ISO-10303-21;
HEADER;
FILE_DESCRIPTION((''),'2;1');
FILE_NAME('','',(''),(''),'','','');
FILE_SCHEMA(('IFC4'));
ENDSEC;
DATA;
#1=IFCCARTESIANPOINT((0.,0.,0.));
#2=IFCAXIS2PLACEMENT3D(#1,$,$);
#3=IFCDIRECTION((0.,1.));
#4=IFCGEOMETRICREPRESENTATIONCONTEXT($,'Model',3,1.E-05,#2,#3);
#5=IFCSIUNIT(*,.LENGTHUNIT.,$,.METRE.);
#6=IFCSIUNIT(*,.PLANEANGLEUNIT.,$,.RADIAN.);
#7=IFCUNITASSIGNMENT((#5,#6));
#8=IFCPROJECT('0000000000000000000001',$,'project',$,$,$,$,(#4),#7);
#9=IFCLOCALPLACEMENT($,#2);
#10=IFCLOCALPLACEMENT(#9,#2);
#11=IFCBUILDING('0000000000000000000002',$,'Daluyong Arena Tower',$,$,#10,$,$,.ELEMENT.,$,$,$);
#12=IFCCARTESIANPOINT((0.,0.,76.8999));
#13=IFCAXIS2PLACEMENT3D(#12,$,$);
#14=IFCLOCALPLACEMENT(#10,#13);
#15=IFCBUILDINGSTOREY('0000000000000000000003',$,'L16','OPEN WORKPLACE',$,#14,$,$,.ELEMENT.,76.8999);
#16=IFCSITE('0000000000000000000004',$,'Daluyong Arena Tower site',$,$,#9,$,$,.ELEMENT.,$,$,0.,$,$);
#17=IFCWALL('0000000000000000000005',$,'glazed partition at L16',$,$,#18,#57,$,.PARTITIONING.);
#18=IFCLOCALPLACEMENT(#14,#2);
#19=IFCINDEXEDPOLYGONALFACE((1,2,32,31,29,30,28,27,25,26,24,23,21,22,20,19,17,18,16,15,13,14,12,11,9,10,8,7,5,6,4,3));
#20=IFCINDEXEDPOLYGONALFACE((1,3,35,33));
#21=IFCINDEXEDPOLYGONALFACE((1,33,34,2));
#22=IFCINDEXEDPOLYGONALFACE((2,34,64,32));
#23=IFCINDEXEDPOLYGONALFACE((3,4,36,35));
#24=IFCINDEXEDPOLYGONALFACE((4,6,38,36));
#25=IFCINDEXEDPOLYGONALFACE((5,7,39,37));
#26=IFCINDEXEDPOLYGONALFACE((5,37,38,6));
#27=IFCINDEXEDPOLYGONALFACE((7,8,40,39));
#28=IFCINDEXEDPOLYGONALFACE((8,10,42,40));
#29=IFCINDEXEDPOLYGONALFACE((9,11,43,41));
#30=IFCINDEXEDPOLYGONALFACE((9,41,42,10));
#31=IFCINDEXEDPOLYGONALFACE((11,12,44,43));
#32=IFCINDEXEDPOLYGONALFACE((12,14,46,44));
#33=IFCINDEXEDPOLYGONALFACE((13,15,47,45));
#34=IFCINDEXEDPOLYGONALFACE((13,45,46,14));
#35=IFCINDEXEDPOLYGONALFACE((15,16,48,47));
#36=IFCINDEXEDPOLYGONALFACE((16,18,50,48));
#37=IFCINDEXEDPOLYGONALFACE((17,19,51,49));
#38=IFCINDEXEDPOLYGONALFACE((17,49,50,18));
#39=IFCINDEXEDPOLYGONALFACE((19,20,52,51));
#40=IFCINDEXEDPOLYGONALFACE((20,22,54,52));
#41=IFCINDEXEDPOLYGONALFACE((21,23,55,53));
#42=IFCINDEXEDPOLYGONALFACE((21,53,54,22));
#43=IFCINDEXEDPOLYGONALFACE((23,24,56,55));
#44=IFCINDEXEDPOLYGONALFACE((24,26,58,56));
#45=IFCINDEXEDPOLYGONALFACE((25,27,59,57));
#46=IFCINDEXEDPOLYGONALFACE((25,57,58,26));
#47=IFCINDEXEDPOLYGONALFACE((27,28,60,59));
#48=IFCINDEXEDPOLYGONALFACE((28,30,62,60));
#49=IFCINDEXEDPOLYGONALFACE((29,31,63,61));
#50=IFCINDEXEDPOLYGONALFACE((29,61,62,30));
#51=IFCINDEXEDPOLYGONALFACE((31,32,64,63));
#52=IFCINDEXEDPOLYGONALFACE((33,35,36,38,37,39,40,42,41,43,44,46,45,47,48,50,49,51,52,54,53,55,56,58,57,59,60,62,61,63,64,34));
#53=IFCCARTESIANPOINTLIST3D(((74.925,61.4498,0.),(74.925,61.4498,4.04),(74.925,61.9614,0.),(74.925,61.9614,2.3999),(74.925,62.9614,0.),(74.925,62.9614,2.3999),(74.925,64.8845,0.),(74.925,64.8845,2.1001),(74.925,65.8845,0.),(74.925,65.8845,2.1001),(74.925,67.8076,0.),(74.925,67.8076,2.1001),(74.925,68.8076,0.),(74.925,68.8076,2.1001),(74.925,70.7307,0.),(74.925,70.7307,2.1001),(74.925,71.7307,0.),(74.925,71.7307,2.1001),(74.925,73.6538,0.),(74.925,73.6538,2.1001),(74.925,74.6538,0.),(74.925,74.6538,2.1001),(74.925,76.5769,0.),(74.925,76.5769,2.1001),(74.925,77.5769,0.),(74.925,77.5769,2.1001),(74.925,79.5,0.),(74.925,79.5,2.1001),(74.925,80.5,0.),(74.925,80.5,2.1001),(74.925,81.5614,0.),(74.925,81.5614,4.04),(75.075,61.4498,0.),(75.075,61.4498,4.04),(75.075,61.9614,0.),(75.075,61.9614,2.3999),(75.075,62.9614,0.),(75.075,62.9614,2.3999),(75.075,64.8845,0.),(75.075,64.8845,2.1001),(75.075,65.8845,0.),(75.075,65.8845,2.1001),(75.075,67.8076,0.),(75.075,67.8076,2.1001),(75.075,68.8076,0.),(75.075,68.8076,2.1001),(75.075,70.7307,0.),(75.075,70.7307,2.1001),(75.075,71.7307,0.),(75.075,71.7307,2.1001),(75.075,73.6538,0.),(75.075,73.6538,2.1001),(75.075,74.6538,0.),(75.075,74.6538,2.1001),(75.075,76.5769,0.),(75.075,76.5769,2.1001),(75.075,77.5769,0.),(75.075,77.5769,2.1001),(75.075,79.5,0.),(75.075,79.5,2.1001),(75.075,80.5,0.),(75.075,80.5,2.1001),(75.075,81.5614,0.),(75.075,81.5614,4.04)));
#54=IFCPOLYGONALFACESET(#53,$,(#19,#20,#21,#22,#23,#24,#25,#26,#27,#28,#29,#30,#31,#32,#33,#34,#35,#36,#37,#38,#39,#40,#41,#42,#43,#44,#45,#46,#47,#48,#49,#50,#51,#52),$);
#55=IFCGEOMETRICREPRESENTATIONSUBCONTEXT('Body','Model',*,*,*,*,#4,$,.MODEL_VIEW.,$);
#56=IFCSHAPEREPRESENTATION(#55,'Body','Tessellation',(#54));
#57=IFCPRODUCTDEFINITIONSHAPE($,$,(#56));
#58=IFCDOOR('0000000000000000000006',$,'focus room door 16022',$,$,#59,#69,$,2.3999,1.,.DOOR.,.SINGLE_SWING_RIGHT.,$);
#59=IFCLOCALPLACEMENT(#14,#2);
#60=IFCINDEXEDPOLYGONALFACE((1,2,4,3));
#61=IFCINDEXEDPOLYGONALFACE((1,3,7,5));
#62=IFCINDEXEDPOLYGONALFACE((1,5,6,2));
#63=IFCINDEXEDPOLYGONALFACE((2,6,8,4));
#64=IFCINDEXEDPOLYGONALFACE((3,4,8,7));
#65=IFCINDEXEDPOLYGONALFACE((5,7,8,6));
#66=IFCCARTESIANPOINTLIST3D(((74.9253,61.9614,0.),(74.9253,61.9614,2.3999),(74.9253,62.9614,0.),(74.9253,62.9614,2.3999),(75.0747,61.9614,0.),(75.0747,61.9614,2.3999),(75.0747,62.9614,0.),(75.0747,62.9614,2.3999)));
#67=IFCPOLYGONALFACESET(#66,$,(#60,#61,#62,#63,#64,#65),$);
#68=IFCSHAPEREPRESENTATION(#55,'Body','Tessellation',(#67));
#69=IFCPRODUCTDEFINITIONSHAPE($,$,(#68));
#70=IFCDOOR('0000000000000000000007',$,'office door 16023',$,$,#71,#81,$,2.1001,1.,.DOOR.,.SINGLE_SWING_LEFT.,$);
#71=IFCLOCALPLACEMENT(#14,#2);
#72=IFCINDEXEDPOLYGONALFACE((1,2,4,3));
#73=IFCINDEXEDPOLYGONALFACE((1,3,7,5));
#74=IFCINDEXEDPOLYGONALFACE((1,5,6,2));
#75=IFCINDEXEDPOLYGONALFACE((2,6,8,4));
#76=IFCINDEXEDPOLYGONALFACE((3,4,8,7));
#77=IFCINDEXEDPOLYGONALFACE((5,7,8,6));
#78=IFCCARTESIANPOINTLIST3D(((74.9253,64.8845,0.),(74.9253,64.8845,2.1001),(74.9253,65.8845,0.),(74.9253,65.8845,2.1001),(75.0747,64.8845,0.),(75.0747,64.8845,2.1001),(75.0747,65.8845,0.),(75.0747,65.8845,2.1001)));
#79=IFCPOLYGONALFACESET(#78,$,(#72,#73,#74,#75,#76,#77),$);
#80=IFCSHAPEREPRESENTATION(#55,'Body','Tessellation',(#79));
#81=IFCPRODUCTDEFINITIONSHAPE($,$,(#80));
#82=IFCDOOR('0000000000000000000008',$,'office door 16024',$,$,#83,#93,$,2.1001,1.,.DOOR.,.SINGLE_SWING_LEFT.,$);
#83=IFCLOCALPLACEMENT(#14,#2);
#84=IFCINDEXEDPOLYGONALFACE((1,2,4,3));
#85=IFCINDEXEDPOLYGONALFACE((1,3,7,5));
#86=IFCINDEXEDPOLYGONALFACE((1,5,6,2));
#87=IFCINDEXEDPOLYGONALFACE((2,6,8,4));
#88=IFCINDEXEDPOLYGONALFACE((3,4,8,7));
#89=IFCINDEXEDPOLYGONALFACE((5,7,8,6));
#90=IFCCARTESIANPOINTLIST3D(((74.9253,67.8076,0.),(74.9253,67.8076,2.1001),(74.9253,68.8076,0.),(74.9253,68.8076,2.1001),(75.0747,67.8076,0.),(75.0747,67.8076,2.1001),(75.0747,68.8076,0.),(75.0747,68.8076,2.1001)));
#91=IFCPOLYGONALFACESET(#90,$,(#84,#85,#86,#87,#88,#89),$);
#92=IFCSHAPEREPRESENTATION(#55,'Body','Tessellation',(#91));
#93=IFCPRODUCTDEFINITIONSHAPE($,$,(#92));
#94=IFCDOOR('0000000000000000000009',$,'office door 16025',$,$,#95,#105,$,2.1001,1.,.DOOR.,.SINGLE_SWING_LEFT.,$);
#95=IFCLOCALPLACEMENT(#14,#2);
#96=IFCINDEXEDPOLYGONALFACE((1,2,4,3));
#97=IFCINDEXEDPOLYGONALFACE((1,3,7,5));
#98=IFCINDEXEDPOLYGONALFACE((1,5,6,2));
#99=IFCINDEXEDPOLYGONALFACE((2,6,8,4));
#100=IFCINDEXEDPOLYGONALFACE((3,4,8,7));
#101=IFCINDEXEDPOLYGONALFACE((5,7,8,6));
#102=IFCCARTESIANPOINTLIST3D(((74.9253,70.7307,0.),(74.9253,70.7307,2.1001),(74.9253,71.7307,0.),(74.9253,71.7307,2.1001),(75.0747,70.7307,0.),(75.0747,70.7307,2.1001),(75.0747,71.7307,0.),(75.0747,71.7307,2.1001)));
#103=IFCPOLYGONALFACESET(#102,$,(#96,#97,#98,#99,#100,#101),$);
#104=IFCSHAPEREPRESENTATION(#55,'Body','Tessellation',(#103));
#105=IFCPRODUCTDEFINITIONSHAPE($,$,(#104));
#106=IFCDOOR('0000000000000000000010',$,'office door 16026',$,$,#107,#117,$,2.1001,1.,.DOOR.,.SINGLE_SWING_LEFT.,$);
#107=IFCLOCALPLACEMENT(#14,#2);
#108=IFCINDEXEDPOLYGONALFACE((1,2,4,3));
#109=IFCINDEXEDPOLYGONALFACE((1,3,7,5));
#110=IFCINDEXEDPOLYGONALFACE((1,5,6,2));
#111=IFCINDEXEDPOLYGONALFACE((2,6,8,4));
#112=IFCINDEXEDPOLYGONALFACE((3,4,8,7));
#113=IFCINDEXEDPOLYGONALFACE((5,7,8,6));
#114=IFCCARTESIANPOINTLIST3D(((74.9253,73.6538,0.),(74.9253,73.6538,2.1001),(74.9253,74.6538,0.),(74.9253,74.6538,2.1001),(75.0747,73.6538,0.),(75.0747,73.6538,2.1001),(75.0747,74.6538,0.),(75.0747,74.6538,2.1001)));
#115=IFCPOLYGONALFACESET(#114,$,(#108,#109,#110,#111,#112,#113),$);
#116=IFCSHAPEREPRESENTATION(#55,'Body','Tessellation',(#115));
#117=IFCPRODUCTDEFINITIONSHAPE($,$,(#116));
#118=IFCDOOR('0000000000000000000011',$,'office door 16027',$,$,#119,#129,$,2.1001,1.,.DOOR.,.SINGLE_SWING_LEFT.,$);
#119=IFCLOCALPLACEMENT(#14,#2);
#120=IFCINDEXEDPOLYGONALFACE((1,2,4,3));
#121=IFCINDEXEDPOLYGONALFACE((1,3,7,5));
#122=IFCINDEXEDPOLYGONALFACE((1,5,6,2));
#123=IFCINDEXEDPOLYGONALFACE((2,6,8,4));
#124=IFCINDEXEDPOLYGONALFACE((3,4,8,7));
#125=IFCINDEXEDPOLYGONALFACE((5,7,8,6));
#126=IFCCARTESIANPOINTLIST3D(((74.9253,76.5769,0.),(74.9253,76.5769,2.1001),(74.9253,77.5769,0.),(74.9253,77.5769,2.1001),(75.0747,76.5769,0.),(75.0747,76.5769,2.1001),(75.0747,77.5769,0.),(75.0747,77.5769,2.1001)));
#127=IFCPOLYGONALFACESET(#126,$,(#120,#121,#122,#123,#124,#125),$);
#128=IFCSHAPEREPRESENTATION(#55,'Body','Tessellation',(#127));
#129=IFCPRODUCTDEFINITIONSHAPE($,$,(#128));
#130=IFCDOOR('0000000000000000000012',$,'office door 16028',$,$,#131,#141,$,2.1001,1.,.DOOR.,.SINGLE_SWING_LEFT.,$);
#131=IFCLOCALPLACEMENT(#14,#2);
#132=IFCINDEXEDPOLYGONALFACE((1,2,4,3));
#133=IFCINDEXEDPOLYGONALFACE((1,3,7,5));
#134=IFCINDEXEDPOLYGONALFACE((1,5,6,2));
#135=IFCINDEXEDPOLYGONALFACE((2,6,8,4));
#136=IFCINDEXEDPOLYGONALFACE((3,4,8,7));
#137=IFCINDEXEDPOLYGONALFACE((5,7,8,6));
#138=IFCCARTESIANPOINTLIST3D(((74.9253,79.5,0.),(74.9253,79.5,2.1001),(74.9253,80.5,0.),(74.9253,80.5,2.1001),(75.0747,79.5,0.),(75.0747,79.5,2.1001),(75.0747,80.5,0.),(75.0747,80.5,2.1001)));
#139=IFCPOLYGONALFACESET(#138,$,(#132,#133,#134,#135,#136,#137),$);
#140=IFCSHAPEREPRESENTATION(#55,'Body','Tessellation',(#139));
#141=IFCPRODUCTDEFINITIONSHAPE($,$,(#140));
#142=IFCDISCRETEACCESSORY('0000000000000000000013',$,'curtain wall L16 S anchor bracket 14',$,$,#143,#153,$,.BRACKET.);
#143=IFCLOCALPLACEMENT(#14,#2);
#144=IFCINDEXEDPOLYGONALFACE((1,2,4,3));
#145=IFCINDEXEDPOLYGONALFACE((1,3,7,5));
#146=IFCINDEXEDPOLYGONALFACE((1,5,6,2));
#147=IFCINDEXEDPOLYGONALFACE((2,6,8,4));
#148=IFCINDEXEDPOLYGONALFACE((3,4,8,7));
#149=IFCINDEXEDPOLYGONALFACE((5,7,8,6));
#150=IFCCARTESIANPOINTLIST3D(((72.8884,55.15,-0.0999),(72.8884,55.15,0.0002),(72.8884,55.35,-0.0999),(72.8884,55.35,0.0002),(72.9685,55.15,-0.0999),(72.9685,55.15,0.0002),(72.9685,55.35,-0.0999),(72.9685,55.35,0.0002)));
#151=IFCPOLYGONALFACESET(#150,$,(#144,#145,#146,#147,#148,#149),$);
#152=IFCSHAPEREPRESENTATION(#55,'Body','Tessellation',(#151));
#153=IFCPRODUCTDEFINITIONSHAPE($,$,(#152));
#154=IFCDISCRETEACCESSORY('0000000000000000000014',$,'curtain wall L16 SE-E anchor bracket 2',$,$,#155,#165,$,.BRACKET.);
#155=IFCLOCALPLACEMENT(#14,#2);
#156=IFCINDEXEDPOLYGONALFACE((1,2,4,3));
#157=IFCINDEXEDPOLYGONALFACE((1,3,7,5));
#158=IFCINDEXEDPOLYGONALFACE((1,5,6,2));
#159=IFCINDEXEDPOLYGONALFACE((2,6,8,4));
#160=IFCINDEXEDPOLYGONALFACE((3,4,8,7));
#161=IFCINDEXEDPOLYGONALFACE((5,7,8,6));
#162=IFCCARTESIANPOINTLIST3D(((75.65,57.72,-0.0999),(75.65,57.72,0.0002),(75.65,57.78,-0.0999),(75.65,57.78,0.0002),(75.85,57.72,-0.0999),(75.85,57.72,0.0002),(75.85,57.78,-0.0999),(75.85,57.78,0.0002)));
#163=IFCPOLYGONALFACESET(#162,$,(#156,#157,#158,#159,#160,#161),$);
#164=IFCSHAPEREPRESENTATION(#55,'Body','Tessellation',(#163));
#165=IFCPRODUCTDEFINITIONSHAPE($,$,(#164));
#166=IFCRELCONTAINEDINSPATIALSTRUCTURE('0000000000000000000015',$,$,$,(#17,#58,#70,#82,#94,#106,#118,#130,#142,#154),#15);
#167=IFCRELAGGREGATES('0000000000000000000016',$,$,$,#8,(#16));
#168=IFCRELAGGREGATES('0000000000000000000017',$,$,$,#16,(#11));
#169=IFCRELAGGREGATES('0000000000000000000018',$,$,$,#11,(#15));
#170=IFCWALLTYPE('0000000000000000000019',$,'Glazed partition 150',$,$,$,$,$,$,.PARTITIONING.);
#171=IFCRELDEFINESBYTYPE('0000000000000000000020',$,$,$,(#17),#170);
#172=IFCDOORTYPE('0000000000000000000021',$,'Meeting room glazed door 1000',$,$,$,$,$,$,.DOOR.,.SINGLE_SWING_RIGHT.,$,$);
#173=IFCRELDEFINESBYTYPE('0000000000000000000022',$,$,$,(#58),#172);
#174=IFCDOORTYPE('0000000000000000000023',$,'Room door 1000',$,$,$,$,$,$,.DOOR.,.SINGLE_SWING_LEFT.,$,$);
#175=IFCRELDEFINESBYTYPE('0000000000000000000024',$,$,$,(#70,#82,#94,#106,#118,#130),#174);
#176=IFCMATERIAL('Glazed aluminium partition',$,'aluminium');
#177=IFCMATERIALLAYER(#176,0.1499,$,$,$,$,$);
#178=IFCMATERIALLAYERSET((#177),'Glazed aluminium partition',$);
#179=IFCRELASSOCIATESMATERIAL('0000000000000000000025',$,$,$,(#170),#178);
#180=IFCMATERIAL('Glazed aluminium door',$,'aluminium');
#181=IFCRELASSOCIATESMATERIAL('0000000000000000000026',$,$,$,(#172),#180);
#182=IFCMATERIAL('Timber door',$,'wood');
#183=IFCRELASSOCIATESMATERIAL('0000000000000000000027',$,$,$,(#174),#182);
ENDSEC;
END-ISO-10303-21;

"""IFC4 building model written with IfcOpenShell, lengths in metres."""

from ifc_helpers import new_model, si_unit, direction, frame, frame_2d, origin, origin_2d, place, context, subcontext, project, spatial, rectangle, extrude, material, layer, layer_set, type_object, element, fill, save


model = new_model("IFC4")

# Units and contexts
model_context = context("Model", 3, precision=1e-05, world=origin(), true_north=direction((0.0, 1.0)))
body_context = subcontext(model_context, "Body", "Model", "MODEL_VIEW")
ifc_project = project(units=[si_unit("LENGTHUNIT", "METRE"), si_unit("PLANEANGLEUNIT", "RADIAN")], contexts=[model_context])

# Site, building, storey
site_placement = place(None, origin())
site = spatial("IfcSite", under=ifc_project, at=site_placement, Name="Daluyong Arena Tower site", CompositionType="ELEMENT", RefElevation=0.0)
building_placement = place(site_placement, origin())
building = spatial("IfcBuilding", under=site, at=building_placement, Name="Daluyong Arena Tower", CompositionType="ELEMENT")
storey_placement = place(building_placement, frame((0.0, 0.0, 76.8999)))
storey = spatial("IfcBuildingStorey", under=building, at=storey_placement, Name="L16", Description="OPEN WORKPLACE", CompositionType="ELEMENT", Elevation=76.8999)

# Wall, openings, doors
ifc_material_1 = material(Name="Glazed aluminium partition", Category="aluminium")
ifc_layer_1 = layer(ifc_material_1, 0.1499)
ifc_layer_set_1 = layer_set([ifc_layer_1], Name="Glazed aluminium partition")
wall_type = type_object("IfcWallType", Name="Glazed partition 150", PredefinedType="PARTITIONING", material=ifc_layer_set_1)
wall_placement = place(storey_placement, frame((75.0, 61.45, 0.0), z_axis=(0.0, 0.0, 1.0), x_axis=(0.0, 1.0, 0.0)))
wall = element("IfcWall", 1, at=wall_placement, inside=storey, type_object=wall_type, Name="glazed partition at L16", PredefinedType="PARTITIONING", context=body_context, shape_type="SweptSolid", body=[
    extrude(rectangle(XDim=20.1116, YDim=0.1499, at=frame_2d((10.0557, 0.0))), origin(), (0.0, 0.0, 1.0), 4.04),
])
opening_1_placement = place(wall_placement, frame((0.5115, 0.0, 0.0)))
opening_1 = element("IfcOpeningElement", 2, at=opening_1_placement, cuts=wall, PredefinedType="OPENING", context=body_context, shape_type="SweptSolid", body=[
    extrude(rectangle(XDim=1.0, YDim=2.3999, at=frame_2d((0.5, 1.2))), frame((0.0, 0.085, 0.0), z_axis=(0.0, -1.0, 0.0), x_axis=(1.0, 0.0, 0.0)), (0.0, 0.0, 1.0), 0.1699),
])
opening_2_placement = place(wall_placement, frame((3.4346, 0.0, 0.0)))
opening_2 = element("IfcOpeningElement", 3, at=opening_2_placement, cuts=wall, PredefinedType="OPENING", context=body_context, shape_type="SweptSolid", body=[
    extrude(rectangle(XDim=1.0, YDim=2.1001, at=frame_2d((0.5, 1.05))), frame((0.0, 0.085, 0.0), z_axis=(0.0, -1.0, 0.0), x_axis=(1.0, 0.0, 0.0)), (0.0, 0.0, 1.0), 0.1699),
])
opening_3_placement = place(wall_placement, frame((6.3577, 0.0, 0.0)))
opening_3 = element("IfcOpeningElement", 4, at=opening_3_placement, cuts=wall, PredefinedType="OPENING", context=body_context, shape_type="SweptSolid", body=[
    extrude(rectangle(XDim=1.0, YDim=2.1001, at=frame_2d((0.5, 1.05))), frame((0.0, 0.085, 0.0), z_axis=(0.0, -1.0, 0.0), x_axis=(1.0, 0.0, 0.0)), (0.0, 0.0, 1.0), 0.1699),
])
opening_4_placement = place(wall_placement, frame((9.2808, 0.0, 0.0)))
opening_4 = element("IfcOpeningElement", 5, at=opening_4_placement, cuts=wall, PredefinedType="OPENING", context=body_context, shape_type="SweptSolid", body=[
    extrude(rectangle(XDim=1.0, YDim=2.1001, at=frame_2d((0.5, 1.05))), frame((0.0, 0.085, 0.0), z_axis=(0.0, -1.0, 0.0), x_axis=(1.0, 0.0, 0.0)), (0.0, 0.0, 1.0), 0.1699),
])
opening_5_placement = place(wall_placement, frame((12.2039, 0.0, 0.0)))
opening_5 = element("IfcOpeningElement", 6, at=opening_5_placement, cuts=wall, PredefinedType="OPENING", context=body_context, shape_type="SweptSolid", body=[
    extrude(rectangle(XDim=1.0, YDim=2.1001, at=frame_2d((0.5, 1.05))), frame((0.0, 0.085, 0.0), z_axis=(0.0, -1.0, 0.0), x_axis=(1.0, 0.0, 0.0)), (0.0, 0.0, 1.0), 0.1699),
])
opening_6_placement = place(wall_placement, frame((15.127, 0.0, 0.0)))
opening_6 = element("IfcOpeningElement", 7, at=opening_6_placement, cuts=wall, PredefinedType="OPENING", context=body_context, shape_type="SweptSolid", body=[
    extrude(rectangle(XDim=1.0, YDim=2.1001, at=frame_2d((0.5, 1.05))), frame((0.0, 0.085, 0.0), z_axis=(0.0, -1.0, 0.0), x_axis=(1.0, 0.0, 0.0)), (0.0, 0.0, 1.0), 0.1699),
])
opening_7_placement = place(wall_placement, frame((18.05, 0.0, 0.0)))
opening_7 = element("IfcOpeningElement", 8, at=opening_7_placement, cuts=wall, PredefinedType="OPENING", context=body_context, shape_type="SweptSolid", body=[
    extrude(rectangle(XDim=1.0, YDim=2.1001, at=frame_2d((0.5, 1.05))), frame((0.0, 0.085, 0.0), z_axis=(0.0, -1.0, 0.0), x_axis=(1.0, 0.0, 0.0)), (0.0, 0.0, 1.0), 0.1699),
])
ifc_material_2 = material(Name="Glazed aluminium door", Category="aluminium")
door_type_1 = type_object("IfcDoorType", Name="Meeting room glazed door 1000", OperationType="SINGLE_SWING_RIGHT", PredefinedType="DOOR", material=ifc_material_2)
door_1_placement = place(opening_1_placement, origin())
door_1 = element("IfcDoor", 9, at=door_1_placement, inside=storey, type_object=door_type_1, Name="focus room door 16022", OperationType="SINGLE_SWING_RIGHT", OverallHeight=2.3999, OverallWidth=1.0, PredefinedType="DOOR", context=body_context, shape_type="SweptSolid", body=[
    extrude(rectangle(XDim=1.0, YDim=2.3999, at=frame_2d((0.5, 1.2))), frame((0.0, 0.0747, 0.0), z_axis=(0.0, -1.0, 0.0), x_axis=(1.0, 0.0, 0.0)), (0.0, 0.0, 1.0), 0.1494),
])
fill(opening_1, door_1)
ifc_material_3 = material(Name="Timber door", Category="wood")
door_type_2 = type_object("IfcDoorType", Name="Room door 1000", OperationType="SINGLE_SWING_LEFT", PredefinedType="DOOR", material=ifc_material_3)
door_2_placement = place(opening_2_placement, origin())
door_2 = element("IfcDoor", 10, at=door_2_placement, inside=storey, type_object=door_type_2, Name="office door 16023", OperationType="SINGLE_SWING_LEFT", OverallHeight=2.1001, OverallWidth=1.0, PredefinedType="DOOR", context=body_context, shape_type="SweptSolid", body=[
    extrude(rectangle(XDim=1.0, YDim=2.1001, at=frame_2d((0.5, 1.05))), frame((0.0, 0.0747, 0.0), z_axis=(0.0, -1.0, 0.0), x_axis=(1.0, 0.0, 0.0)), (0.0, 0.0, 1.0), 0.1494),
])
fill(opening_2, door_2)
door_3_placement = place(opening_3_placement, origin())
door_3 = element("IfcDoor", 11, at=door_3_placement, inside=storey, type_object=door_type_2, Name="office door 16024", OperationType="SINGLE_SWING_LEFT", OverallHeight=2.1001, OverallWidth=1.0, PredefinedType="DOOR", context=body_context, shape_type="SweptSolid", body=[
    extrude(rectangle(XDim=1.0, YDim=2.1001, at=frame_2d((0.5, 1.05))), frame((0.0, 0.0747, 0.0), z_axis=(0.0, -1.0, 0.0), x_axis=(1.0, 0.0, 0.0)), (0.0, 0.0, 1.0), 0.1494),
])
fill(opening_3, door_3)
door_4_placement = place(opening_4_placement, origin())
door_4 = element("IfcDoor", 12, at=door_4_placement, inside=storey, type_object=door_type_2, Name="office door 16025", OperationType="SINGLE_SWING_LEFT", OverallHeight=2.1001, OverallWidth=1.0, PredefinedType="DOOR", context=body_context, shape_type="SweptSolid", body=[
    extrude(rectangle(XDim=1.0, YDim=2.1001, at=frame_2d((0.5, 1.05))), frame((0.0, 0.0747, 0.0), z_axis=(0.0, -1.0, 0.0), x_axis=(1.0, 0.0, 0.0)), (0.0, 0.0, 1.0), 0.1494),
])
fill(opening_4, door_4)
door_5_placement = place(opening_5_placement, origin())
door_5 = element("IfcDoor", 13, at=door_5_placement, inside=storey, type_object=door_type_2, Name="office door 16026", OperationType="SINGLE_SWING_LEFT", OverallHeight=2.1001, OverallWidth=1.0, PredefinedType="DOOR", context=body_context, shape_type="SweptSolid", body=[
    extrude(rectangle(XDim=1.0, YDim=2.1001, at=frame_2d((0.5, 1.05))), frame((0.0, 0.0747, 0.0), z_axis=(0.0, -1.0, 0.0), x_axis=(1.0, 0.0, 0.0)), (0.0, 0.0, 1.0), 0.1494),
])
fill(opening_5, door_5)
door_6_placement = place(opening_6_placement, origin())
door_6 = element("IfcDoor", 14, at=door_6_placement, inside=storey, type_object=door_type_2, Name="office door 16027", OperationType="SINGLE_SWING_LEFT", OverallHeight=2.1001, OverallWidth=1.0, PredefinedType="DOOR", context=body_context, shape_type="SweptSolid", body=[
    extrude(rectangle(XDim=1.0, YDim=2.1001, at=frame_2d((0.5, 1.05))), frame((0.0, 0.0747, 0.0), z_axis=(0.0, -1.0, 0.0), x_axis=(1.0, 0.0, 0.0)), (0.0, 0.0, 1.0), 0.1494),
])
fill(opening_6, door_6)
door_7_placement = place(opening_7_placement, origin())
door_7 = element("IfcDoor", 15, at=door_7_placement, inside=storey, type_object=door_type_2, Name="office door 16028", OperationType="SINGLE_SWING_LEFT", OverallHeight=2.1001, OverallWidth=1.0, PredefinedType="DOOR", context=body_context, shape_type="SweptSolid", body=[
    extrude(rectangle(XDim=1.0, YDim=2.1001, at=frame_2d((0.5, 1.05))), frame((0.0, 0.0747, 0.0), z_axis=(0.0, -1.0, 0.0), x_axis=(1.0, 0.0, 0.0)), (0.0, 0.0, 1.0), 0.1494),
])
fill(opening_7, door_7)

# Discrete accessories
discrete_accessory_1_placement = place(storey_placement, frame((72.9285, 55.25, -0.0999), z_axis=(0.0, 0.0, 1.0), x_axis=(1.0, 0.0, 0.0)))
element("IfcDiscreteAccessory", 16, at=discrete_accessory_1_placement, inside=storey, Name="curtain wall L16 S anchor bracket 14", PredefinedType="BRACKET", context=body_context, shape_type="SweptSolid", body=[
    extrude(rectangle(XDim=0.0801, YDim=0.2, at=origin_2d()), origin(), (0.0, 0.0, 1.0), 0.1001),
])
discrete_accessory_2_placement = place(storey_placement, frame((75.75, 57.75, -0.0999), z_axis=(0.0, 0.0, 1.0), x_axis=(0.0, 1.0, 0.0)))
element("IfcDiscreteAccessory", 17, at=discrete_accessory_2_placement, inside=storey, Name="curtain wall L16 SE-E anchor bracket 2", PredefinedType="BRACKET", context=body_context, shape_type="SweptSolid", body=[
    extrude(rectangle(XDim=0.0601, YDim=0.2, at=origin_2d()), origin(), (0.0, 0.0, 1.0), 0.1001),
])

save(model, "model.ifc")
